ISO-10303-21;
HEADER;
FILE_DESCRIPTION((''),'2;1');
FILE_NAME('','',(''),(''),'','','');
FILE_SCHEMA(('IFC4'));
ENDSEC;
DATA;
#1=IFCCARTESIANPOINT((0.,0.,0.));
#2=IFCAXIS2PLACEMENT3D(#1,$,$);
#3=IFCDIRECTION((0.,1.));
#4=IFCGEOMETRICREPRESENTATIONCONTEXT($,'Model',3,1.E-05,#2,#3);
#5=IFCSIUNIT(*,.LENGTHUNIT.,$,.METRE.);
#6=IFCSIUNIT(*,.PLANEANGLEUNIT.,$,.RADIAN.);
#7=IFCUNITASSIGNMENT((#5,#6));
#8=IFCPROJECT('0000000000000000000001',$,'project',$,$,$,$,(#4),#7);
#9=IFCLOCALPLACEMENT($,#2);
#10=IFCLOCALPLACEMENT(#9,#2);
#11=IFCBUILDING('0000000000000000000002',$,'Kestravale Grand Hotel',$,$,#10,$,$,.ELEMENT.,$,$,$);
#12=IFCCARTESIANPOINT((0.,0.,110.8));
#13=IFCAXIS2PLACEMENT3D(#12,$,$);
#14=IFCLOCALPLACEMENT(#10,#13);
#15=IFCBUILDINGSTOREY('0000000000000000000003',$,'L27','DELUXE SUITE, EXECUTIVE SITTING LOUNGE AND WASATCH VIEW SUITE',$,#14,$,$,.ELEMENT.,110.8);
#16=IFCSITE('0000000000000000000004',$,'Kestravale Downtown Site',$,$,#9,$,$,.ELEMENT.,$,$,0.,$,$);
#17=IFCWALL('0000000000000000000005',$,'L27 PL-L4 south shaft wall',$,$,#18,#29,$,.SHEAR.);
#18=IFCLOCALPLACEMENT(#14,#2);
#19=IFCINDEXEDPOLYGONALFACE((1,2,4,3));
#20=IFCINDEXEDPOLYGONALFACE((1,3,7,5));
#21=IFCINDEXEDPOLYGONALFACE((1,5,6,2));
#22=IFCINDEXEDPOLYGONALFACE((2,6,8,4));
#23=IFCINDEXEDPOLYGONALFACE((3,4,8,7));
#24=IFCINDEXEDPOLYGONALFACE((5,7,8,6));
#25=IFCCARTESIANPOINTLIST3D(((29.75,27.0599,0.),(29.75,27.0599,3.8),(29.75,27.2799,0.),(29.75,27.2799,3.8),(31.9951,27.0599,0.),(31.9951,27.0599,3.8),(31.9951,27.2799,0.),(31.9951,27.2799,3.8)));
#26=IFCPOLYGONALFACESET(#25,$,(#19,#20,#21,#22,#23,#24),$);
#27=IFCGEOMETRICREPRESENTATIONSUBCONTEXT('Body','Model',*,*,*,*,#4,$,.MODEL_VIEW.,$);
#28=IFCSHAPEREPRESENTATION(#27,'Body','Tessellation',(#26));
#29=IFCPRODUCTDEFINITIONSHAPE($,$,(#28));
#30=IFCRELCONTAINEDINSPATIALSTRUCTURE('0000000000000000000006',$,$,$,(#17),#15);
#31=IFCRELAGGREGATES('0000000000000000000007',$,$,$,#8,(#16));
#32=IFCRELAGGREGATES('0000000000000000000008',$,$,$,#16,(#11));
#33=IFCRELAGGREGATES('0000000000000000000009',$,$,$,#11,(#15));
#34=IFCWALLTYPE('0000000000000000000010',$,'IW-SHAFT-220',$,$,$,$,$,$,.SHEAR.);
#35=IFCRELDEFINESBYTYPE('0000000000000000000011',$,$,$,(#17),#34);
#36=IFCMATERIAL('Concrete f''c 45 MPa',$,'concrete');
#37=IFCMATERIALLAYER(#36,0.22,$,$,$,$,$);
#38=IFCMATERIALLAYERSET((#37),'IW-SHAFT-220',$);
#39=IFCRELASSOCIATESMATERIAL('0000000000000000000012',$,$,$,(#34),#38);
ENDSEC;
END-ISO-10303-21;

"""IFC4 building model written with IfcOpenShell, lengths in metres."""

from ifc_helpers import new_model, si_unit, direction, frame, frame_2d, origin, place, context, subcontext, project, spatial, rectangle, extrude, material, layer, layer_set, type_object, element, save


model = new_model("IFC4")

# Units and contexts
model_context = context("Model", 3, precision=1e-05, world=origin(), true_north=direction((0.0, 1.0)))
body_context = subcontext(model_context, "Body", "Model", "MODEL_VIEW")
ifc_project = project(units=[si_unit("LENGTHUNIT", "METRE"), si_unit("PLANEANGLEUNIT", "RADIAN")], contexts=[model_context])

# Site, building, storey
site_placement = place(None, origin())
site = spatial("IfcSite", under=ifc_project, at=site_placement, Name="Kestravale Downtown Site", CompositionType="ELEMENT", RefElevation=0.0)
building_placement = place(site_placement, origin())
building = spatial("IfcBuilding", under=site, at=building_placement, Name="Kestravale Grand Hotel", CompositionType="ELEMENT")
storey_placement = place(building_placement, frame((0.0, 0.0, 110.8)))
storey = spatial("IfcBuildingStorey", under=building, at=storey_placement, Name="L27", Description="DELUXE SUITE, EXECUTIVE SITTING LOUNGE AND WASATCH VIEW SUITE", CompositionType="ELEMENT", Elevation=110.8)

# Wall
ifc_material_1 = material(Name="Concrete f'c 45 MPa", Category="concrete")
ifc_layer_1 = layer(ifc_material_1, 0.22)
ifc_layer_set_1 = layer_set([ifc_layer_1], Name="IW-SHAFT-220")
wall_type_1 = type_object("IfcWallType", Name="IW-SHAFT-220", PredefinedType="SHEAR", material=ifc_layer_set_1)
wall_1_placement = place(storey_placement, frame((29.75, 27.1699, 0.0), z_axis=(0.0, 0.0, 1.0), x_axis=(1.0, 0.0, 0.0)))
element("IfcWall", 1, at=wall_1_placement, inside=storey, type_object=wall_type_1, Name="L27 PL-L4 south shaft wall", PredefinedType="SHEAR", context=body_context, shape_type="SweptSolid", body=[
    extrude(rectangle(XDim=2.2451, YDim=0.22, at=frame_2d((1.1226, 0.0))), origin(), (0.0, 0.0, 1.0), 3.8),
])

save(model, "model.ifc")
